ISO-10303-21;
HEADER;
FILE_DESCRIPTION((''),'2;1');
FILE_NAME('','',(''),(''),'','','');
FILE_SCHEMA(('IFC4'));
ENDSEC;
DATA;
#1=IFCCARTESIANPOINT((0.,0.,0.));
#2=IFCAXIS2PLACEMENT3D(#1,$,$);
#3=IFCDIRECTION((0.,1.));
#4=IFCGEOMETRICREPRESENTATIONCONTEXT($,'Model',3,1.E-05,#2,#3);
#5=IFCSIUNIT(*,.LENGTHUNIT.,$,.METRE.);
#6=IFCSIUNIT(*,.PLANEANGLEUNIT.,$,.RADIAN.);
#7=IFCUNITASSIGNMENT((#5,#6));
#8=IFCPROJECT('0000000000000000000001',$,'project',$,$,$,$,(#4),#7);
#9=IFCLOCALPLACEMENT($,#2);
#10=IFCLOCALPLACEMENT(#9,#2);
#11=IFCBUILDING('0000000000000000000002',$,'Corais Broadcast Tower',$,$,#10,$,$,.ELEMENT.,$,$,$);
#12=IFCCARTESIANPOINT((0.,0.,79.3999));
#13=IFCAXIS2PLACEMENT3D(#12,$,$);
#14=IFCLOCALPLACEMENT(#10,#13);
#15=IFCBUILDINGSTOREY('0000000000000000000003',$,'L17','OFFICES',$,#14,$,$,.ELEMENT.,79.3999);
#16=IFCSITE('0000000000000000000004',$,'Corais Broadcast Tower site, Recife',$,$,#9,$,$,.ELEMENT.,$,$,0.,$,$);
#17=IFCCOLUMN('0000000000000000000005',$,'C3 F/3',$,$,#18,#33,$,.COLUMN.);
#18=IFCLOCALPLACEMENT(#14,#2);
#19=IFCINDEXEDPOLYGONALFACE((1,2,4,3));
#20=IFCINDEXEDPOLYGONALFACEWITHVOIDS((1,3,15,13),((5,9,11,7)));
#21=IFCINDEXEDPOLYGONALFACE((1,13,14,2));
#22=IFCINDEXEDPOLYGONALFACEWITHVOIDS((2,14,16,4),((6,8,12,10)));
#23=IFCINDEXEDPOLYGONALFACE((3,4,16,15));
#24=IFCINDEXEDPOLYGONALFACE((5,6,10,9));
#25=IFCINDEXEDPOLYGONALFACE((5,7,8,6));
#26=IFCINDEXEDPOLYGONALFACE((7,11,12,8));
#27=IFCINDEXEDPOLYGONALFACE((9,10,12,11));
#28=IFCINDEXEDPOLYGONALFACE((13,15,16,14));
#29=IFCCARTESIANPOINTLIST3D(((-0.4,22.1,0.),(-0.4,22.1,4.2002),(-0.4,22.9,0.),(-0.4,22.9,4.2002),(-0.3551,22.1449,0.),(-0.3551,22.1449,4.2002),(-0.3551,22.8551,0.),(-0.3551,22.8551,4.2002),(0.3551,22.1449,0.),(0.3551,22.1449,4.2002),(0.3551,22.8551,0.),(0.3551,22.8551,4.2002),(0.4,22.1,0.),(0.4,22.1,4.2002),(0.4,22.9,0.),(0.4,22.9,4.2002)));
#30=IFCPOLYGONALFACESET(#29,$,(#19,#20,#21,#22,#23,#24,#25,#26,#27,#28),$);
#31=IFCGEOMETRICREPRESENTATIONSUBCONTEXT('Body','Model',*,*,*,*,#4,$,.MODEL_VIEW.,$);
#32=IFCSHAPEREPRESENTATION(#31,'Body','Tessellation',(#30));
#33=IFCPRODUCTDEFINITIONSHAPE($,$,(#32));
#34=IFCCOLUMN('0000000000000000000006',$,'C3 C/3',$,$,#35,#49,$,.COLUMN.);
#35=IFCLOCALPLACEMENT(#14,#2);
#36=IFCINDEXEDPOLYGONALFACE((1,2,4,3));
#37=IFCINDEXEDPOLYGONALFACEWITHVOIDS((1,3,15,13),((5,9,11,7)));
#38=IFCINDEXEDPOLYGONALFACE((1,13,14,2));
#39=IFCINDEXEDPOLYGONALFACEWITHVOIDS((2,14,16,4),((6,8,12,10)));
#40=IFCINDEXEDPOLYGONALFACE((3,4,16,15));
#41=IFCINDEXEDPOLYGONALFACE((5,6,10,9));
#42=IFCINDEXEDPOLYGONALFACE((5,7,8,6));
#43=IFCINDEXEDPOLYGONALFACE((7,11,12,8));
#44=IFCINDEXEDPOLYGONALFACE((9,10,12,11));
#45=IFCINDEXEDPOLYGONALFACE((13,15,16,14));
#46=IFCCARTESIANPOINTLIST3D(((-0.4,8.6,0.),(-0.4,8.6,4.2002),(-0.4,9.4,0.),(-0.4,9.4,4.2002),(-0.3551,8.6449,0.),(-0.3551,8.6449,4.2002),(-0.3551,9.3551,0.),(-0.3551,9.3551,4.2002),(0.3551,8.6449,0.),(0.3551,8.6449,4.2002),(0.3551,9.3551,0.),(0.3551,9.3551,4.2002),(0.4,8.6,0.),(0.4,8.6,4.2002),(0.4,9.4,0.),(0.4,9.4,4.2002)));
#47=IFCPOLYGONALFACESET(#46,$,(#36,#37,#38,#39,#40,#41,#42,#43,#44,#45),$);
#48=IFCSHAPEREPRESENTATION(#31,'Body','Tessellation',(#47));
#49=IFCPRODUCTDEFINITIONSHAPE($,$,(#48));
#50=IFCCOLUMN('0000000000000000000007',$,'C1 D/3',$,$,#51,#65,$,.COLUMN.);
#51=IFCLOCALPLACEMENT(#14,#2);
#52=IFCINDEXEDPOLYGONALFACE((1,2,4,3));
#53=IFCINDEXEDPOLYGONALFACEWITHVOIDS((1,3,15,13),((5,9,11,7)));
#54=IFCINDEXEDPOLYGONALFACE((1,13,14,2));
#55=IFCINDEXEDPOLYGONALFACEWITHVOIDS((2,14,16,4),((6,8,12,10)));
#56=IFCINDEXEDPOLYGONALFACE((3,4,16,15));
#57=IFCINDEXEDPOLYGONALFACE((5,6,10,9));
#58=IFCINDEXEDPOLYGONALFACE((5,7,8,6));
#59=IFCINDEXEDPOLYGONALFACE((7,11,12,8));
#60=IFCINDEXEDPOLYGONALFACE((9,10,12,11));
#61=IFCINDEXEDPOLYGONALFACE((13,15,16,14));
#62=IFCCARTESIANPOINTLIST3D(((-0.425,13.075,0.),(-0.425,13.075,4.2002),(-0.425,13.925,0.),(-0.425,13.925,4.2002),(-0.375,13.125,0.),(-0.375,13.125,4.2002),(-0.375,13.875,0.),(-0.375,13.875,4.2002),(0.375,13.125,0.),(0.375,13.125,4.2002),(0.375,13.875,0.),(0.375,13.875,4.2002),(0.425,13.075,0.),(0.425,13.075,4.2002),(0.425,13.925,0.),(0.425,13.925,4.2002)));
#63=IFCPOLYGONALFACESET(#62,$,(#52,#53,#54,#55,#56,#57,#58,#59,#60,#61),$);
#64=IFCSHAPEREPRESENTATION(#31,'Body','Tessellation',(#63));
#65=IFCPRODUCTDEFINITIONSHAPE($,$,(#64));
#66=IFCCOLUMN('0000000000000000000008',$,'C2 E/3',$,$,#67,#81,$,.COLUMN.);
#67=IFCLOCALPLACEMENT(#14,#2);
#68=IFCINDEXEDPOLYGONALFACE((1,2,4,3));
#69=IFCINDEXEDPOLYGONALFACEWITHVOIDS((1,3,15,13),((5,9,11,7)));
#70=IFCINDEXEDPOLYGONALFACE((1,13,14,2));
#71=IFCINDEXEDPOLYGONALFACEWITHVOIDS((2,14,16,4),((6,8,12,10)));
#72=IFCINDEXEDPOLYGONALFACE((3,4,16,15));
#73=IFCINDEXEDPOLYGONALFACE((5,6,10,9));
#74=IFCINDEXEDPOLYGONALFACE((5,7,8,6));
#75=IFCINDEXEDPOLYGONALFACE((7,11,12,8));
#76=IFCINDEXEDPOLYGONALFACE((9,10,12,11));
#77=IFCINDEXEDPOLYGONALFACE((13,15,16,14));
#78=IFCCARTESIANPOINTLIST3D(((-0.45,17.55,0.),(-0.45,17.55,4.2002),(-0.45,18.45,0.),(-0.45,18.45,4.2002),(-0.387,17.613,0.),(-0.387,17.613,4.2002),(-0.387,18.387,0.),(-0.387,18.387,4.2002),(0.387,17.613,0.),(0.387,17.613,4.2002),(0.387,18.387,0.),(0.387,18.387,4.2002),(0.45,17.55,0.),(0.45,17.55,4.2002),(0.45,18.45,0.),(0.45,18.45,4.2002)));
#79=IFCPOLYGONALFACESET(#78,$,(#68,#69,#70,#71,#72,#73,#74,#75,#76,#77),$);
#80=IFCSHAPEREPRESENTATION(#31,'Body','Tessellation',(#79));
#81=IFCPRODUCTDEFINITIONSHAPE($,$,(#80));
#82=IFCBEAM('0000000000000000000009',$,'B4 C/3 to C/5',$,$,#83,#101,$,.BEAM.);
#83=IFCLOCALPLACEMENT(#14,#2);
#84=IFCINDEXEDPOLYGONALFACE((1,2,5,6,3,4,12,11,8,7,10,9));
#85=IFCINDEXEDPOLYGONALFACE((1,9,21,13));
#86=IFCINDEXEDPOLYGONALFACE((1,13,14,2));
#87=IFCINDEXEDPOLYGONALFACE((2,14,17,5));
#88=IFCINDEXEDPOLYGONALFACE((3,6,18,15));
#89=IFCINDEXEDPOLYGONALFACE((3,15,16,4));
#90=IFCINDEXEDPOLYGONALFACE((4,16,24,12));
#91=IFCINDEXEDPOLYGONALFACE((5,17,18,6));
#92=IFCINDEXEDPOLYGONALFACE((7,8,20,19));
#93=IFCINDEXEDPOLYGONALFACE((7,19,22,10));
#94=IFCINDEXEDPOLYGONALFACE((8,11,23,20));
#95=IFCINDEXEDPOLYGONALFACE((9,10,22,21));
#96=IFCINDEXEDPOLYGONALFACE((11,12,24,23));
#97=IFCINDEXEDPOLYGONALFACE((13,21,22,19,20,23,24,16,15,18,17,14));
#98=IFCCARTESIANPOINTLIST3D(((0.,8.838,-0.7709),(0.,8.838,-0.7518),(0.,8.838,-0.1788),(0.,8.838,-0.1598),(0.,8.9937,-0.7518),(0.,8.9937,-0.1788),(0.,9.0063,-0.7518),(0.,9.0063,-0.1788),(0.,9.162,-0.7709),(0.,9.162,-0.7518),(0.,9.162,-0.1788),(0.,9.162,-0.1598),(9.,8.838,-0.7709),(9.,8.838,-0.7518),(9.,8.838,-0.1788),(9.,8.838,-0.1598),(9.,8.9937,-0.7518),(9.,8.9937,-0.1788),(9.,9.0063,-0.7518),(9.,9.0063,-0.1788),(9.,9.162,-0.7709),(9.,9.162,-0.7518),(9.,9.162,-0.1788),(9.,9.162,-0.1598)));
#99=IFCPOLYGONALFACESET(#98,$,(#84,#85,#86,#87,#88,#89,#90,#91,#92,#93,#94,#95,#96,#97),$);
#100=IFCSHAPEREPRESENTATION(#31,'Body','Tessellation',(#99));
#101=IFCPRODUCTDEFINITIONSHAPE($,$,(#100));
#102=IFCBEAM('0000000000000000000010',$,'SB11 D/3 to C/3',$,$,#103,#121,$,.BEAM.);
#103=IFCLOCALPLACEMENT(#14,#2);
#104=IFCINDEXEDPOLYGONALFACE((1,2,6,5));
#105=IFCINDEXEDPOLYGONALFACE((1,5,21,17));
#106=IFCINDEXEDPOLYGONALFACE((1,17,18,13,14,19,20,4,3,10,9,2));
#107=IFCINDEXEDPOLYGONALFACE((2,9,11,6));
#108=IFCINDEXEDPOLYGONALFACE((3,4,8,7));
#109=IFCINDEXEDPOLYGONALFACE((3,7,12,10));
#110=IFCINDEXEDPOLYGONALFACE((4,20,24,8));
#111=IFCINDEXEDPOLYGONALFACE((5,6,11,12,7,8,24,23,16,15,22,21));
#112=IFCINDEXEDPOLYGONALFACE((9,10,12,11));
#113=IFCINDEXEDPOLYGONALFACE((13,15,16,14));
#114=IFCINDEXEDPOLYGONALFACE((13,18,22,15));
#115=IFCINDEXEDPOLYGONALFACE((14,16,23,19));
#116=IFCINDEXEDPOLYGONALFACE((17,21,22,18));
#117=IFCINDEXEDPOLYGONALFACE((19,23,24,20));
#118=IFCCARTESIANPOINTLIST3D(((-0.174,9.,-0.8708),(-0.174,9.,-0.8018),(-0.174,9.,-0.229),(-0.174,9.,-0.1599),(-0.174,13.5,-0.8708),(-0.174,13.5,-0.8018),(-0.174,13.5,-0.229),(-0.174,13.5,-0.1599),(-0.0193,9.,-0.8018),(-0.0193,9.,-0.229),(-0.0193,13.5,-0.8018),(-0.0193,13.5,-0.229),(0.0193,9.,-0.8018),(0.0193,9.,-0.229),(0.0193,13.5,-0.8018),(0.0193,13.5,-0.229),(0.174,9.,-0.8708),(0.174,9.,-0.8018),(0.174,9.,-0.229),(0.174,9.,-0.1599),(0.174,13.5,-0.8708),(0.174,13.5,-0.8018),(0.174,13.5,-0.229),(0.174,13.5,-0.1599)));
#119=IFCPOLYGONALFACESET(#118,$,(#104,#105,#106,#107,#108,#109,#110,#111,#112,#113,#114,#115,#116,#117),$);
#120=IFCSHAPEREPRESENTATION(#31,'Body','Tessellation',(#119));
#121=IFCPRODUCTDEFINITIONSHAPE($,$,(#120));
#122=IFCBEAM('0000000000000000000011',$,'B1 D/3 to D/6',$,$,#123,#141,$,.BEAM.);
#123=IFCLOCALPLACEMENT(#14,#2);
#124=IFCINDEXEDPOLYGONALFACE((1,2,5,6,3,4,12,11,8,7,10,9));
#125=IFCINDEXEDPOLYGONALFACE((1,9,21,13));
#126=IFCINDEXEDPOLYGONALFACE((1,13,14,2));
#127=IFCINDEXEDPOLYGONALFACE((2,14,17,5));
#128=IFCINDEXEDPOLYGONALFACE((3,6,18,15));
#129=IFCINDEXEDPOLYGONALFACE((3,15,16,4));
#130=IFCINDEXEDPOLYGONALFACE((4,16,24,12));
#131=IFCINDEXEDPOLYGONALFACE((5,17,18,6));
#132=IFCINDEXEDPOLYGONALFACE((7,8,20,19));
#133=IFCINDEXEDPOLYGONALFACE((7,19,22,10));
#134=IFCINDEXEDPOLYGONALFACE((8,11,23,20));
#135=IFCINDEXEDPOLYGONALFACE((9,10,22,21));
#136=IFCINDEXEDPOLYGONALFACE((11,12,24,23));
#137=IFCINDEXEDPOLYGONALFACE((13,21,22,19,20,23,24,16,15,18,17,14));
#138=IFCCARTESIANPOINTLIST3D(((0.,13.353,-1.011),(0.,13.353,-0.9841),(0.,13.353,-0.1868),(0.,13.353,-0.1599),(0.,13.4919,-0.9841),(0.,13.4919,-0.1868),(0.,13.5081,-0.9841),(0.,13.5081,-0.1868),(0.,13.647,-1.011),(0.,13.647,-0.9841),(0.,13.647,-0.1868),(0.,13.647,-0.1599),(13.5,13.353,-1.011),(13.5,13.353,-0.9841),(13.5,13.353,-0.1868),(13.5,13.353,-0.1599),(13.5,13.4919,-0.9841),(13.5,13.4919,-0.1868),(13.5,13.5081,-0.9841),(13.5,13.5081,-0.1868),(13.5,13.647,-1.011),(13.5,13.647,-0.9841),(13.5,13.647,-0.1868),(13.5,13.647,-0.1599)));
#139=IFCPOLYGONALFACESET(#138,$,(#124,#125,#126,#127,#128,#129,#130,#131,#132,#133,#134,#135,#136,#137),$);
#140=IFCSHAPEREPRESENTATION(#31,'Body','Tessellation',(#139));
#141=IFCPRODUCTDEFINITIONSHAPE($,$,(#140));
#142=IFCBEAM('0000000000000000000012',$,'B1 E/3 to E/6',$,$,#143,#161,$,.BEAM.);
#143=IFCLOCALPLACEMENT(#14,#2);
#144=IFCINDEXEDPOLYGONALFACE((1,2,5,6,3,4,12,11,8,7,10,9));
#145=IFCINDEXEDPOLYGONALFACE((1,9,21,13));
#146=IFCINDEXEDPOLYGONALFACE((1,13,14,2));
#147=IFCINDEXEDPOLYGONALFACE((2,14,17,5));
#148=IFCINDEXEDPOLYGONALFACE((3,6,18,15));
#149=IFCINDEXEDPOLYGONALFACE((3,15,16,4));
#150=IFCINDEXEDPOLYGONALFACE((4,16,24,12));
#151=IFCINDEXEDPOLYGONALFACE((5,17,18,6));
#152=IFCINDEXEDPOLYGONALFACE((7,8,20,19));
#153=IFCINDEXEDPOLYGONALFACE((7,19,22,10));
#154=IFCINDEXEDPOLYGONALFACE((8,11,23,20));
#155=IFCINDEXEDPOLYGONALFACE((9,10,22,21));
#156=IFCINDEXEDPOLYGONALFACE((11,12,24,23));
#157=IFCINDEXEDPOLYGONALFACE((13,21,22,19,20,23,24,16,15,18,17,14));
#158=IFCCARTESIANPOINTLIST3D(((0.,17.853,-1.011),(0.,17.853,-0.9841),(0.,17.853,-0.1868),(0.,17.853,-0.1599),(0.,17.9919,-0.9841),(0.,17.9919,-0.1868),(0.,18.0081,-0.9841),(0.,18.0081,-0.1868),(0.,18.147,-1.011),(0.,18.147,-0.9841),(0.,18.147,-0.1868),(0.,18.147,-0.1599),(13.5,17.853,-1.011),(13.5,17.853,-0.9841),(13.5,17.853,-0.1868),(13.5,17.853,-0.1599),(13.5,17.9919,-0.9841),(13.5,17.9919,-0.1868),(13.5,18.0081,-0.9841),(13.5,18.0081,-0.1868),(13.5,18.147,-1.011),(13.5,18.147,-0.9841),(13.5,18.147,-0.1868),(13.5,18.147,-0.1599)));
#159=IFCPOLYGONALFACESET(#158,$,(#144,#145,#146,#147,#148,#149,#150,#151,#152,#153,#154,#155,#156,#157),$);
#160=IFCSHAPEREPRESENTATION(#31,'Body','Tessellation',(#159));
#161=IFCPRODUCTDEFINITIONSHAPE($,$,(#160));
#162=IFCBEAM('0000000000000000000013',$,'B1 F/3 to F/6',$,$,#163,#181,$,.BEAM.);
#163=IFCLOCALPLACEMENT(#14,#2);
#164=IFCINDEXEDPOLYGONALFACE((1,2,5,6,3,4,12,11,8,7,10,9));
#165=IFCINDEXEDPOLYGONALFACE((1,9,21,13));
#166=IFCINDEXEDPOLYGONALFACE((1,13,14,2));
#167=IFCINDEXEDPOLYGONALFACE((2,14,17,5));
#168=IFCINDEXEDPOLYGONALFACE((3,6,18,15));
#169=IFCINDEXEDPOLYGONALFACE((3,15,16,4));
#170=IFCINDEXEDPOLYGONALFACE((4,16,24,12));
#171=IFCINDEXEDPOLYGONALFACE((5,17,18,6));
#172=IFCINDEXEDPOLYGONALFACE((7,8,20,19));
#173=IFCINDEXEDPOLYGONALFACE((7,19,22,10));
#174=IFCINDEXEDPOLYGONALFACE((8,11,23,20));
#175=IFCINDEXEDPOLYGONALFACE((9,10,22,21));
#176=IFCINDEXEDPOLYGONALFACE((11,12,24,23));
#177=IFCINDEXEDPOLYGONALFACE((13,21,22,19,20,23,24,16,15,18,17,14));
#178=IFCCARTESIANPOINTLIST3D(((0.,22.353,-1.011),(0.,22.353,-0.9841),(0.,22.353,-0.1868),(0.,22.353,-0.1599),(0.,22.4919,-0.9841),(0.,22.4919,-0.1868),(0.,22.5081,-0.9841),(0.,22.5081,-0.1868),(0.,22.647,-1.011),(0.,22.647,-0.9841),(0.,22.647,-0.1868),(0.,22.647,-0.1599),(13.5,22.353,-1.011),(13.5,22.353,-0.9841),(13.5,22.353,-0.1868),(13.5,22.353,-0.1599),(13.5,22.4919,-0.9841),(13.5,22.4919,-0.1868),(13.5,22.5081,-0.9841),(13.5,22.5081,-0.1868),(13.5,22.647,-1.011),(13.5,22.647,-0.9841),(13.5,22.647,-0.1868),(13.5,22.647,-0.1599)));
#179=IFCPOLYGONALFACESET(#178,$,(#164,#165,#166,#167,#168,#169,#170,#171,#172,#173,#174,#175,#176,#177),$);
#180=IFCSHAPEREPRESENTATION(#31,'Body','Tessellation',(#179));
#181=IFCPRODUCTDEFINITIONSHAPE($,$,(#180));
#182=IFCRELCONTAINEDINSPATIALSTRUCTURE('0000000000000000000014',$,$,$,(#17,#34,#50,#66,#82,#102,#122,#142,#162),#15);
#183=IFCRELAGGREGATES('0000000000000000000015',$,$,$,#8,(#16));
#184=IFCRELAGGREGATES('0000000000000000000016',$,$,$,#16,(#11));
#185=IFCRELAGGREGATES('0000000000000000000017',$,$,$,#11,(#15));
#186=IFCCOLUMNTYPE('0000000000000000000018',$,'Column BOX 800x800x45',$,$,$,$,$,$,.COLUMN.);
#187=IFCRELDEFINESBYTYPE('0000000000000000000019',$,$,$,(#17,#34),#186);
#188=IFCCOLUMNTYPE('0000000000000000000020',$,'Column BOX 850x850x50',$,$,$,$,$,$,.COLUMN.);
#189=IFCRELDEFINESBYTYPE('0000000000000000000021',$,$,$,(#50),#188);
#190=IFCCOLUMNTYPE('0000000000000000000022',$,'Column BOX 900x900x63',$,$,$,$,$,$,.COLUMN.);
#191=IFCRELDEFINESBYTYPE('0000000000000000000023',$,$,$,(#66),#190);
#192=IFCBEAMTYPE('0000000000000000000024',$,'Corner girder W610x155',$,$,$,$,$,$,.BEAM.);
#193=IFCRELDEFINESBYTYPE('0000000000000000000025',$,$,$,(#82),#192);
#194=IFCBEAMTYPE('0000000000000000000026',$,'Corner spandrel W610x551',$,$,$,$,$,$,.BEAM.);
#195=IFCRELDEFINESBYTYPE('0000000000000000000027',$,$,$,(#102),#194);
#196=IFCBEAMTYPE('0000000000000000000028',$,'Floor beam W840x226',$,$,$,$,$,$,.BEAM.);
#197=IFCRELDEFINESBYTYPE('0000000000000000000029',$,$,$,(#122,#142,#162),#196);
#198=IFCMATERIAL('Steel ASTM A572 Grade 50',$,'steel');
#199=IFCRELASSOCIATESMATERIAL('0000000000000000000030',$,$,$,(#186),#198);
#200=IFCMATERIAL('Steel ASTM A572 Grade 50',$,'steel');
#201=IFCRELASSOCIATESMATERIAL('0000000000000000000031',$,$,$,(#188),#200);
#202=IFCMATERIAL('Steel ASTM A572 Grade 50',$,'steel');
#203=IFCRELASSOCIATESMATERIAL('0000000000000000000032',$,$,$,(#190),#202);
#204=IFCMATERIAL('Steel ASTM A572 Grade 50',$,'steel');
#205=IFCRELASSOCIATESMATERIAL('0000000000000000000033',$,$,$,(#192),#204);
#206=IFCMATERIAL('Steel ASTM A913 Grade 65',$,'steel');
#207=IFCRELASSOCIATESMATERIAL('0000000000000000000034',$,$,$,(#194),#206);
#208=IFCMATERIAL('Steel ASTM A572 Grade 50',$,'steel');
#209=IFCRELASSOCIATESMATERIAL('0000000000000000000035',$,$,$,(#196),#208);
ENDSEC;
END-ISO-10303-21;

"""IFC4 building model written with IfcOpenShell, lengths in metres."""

from ifc_helpers import new_model, si_unit, direction, frame, origin, origin_2d, place, context, subcontext, project, spatial, hollow_rectangle, i_section, extrude, material, material_profile, profile_set, type_object, element, save


model = new_model("IFC4")

# Units and contexts
model_context = context("Model", 3, precision=1e-05, world=origin(), true_north=direction((0.0, 1.0)))
body_context = subcontext(model_context, "Body", "Model", "MODEL_VIEW")
ifc_project = project(units=[si_unit("LENGTHUNIT", "METRE"), si_unit("PLANEANGLEUNIT", "RADIAN")], contexts=[model_context])

# Site, building, storey
site_placement = place(None, origin())
site = spatial("IfcSite", under=ifc_project, at=site_placement, Name="Corais Broadcast Tower site, Recife", CompositionType="ELEMENT", RefElevation=0.0)
building_placement = place(site_placement, origin())
building = spatial("IfcBuilding", under=site, at=building_placement, Name="Corais Broadcast Tower", CompositionType="ELEMENT")
storey_placement = place(building_placement, frame((0.0, 0.0, 79.3999)))
storey = spatial("IfcBuildingStorey", under=building, at=storey_placement, Name="L17", Description="OFFICES", CompositionType="ELEMENT", Elevation=79.3999)

# Columns
ifc_material_1 = material(Name="Steel ASTM A572 Grade 50", Category="steel")
ifc_material_profile_1 = material_profile(ifc_material_1, hollow_rectangle(XDim=0.8, YDim=0.8, WallThickness=0.0449, at=origin_2d()), Name="BOX 800x800x45")
ifc_profile_set_1 = profile_set([ifc_material_profile_1], Name="Steel ASTM A572 Grade 50")
column_type_1 = type_object("IfcColumnType", Name="Column BOX 800x800x45", PredefinedType="COLUMN", material=ifc_profile_set_1)
for number, where, z_axis, x_axis, name in (
    (1, (0.0, 22.5, 0.0), (0.0, 0.0, 1.0), (1.0, 0.0, 0.0), "C3 F/3"),
    (2, (0.0, 9.0, 0.0), (0.0, 0.0, 1.0), (1.0, 0.0, 0.0), "C3 C/3"),
):
    element("IfcColumn", number, at=place(storey_placement, frame(where, z_axis=z_axis, x_axis=x_axis)), inside=storey, type_object=column_type_1, Name=name, PredefinedType="COLUMN", context=body_context, shape_type="SweptSolid", body=[
        extrude(hollow_rectangle(XDim=0.8, YDim=0.8, WallThickness=0.0449, at=origin_2d()), origin(), (0.0, 0.0, 1.0), 4.2002),
    ])
ifc_material_2 = material(Name="Steel ASTM A572 Grade 50", Category="steel")
ifc_material_profile_2 = material_profile(ifc_material_2, hollow_rectangle(XDim=0.8501, YDim=0.8501, WallThickness=0.05, at=origin_2d()), Name="BOX 850x850x50")
ifc_profile_set_2 = profile_set([ifc_material_profile_2], Name="Steel ASTM A572 Grade 50")
column_type_2 = type_object("IfcColumnType", Name="Column BOX 850x850x50", PredefinedType="COLUMN", material=ifc_profile_set_2)
column_1_placement = place(storey_placement, frame((0.0, 13.5, 0.0), z_axis=(0.0, 0.0, 1.0), x_axis=(1.0, 0.0, 0.0)))
element("IfcColumn", 3, at=column_1_placement, inside=storey, type_object=column_type_2, Name="C1 D/3", PredefinedType="COLUMN", context=body_context, shape_type="SweptSolid", body=[
    extrude(hollow_rectangle(XDim=0.8501, YDim=0.8501, WallThickness=0.05, at=origin_2d()), origin(), (0.0, 0.0, 1.0), 4.2002),
])
ifc_material_3 = material(Name="Steel ASTM A572 Grade 50", Category="steel")
ifc_material_profile_3 = material_profile(ifc_material_3, hollow_rectangle(XDim=0.8999, YDim=0.8999, WallThickness=0.063, at=origin_2d()), Name="BOX 900x900x63")
ifc_profile_set_3 = profile_set([ifc_material_profile_3], Name="Steel ASTM A572 Grade 50")
column_type_3 = type_object("IfcColumnType", Name="Column BOX 900x900x63", PredefinedType="COLUMN", material=ifc_profile_set_3)
column_2_placement = place(storey_placement, frame((0.0, 18.0, 0.0), z_axis=(0.0, 0.0, 1.0), x_axis=(1.0, 0.0, 0.0)))
element("IfcColumn", 4, at=column_2_placement, inside=storey, type_object=column_type_3, Name="C2 E/3", PredefinedType="COLUMN", context=body_context, shape_type="SweptSolid", body=[
    extrude(hollow_rectangle(XDim=0.8999, YDim=0.8999, WallThickness=0.063, at=origin_2d()), origin(), (0.0, 0.0, 1.0), 4.2002),
])

# Beams
ifc_material_4 = material(Name="Steel ASTM A572 Grade 50", Category="steel")
ifc_material_profile_4 = material_profile(ifc_material_4, i_section(OverallWidth=0.324, OverallDepth=0.6111, WebThickness=0.0127, FlangeThickness=0.019, at=origin_2d()), Name="W610x155")
ifc_profile_set_4 = profile_set([ifc_material_profile_4], Name="Steel ASTM A572 Grade 50")
beam_type_1 = type_object("IfcBeamType", Name="Corner girder W610x155", PredefinedType="BEAM", material=ifc_profile_set_4)
beam_1_placement = place(storey_placement, frame((0.0, 9.0, -0.4653), z_axis=(1.0, 0.0, 0.0), x_axis=(0.0, 1.0, 0.0)))
element("IfcBeam", 5, at=beam_1_placement, inside=storey, type_object=beam_type_1, Name="B4 C/3 to C/5", PredefinedType="BEAM", context=body_context, shape_type="SweptSolid", body=[
    extrude(i_section(OverallWidth=0.324, OverallDepth=0.6111, WebThickness=0.0127, FlangeThickness=0.019, at=origin_2d()), origin(), (0.0, 0.0, 1.0), 9.0),
])
ifc_material_5 = material(Name="Steel ASTM A913 Grade 65", Category="steel")
ifc_material_profile_5 = material_profile(ifc_material_5, i_section(OverallWidth=0.3479, OverallDepth=0.7109, WebThickness=0.0386, FlangeThickness=0.0691, at=origin_2d()), Name="W610x551")
ifc_profile_set_5 = profile_set([ifc_material_profile_5], Name="Steel ASTM A913 Grade 65")
beam_type_2 = type_object("IfcBeamType", Name="Corner spandrel W610x551", PredefinedType="BEAM", material=ifc_profile_set_5)
beam_2_placement = place(storey_placement, frame((0.0, 13.5, -0.5154), z_axis=(0.0, -1.0, 0.0), x_axis=(1.0, 0.0, 0.0)))
element("IfcBeam", 6, at=beam_2_placement, inside=storey, type_object=beam_type_2, Name="SB11 D/3 to C/3", PredefinedType="BEAM", context=body_context, shape_type="SweptSolid", body=[
    extrude(i_section(OverallWidth=0.3479, OverallDepth=0.7109, WebThickness=0.0386, FlangeThickness=0.0691, at=origin_2d()), origin(), (0.0, 0.0, 1.0), 4.5),
])
ifc_material_6 = material(Name="Steel ASTM A572 Grade 50", Category="steel")
ifc_material_profile_6 = material_profile(ifc_material_6, i_section(OverallWidth=0.2939, OverallDepth=0.8511, WebThickness=0.0161, FlangeThickness=0.0269, at=origin_2d()), Name="W840x226")
ifc_profile_set_6 = profile_set([ifc_material_profile_6], Name="Steel ASTM A572 Grade 50")
beam_type_3 = type_object("IfcBeamType", Name="Floor beam W840x226", PredefinedType="BEAM", material=ifc_profile_set_6)
for number, where, z_axis, x_axis, name in (
    (7, (0.0, 13.5, -0.5854), (1.0, 0.0, 0.0), (0.0, 1.0, 0.0), "B1 D/3 to D/6"),
    (8, (0.0, 18.0, -0.5854), (1.0, 0.0, 0.0), (0.0, 1.0, 0.0), "B1 E/3 to E/6"),
    (9, (0.0, 22.5, -0.5854), (1.0, 0.0, 0.0), (0.0, 1.0, 0.0), "B1 F/3 to F/6"),
):
    element("IfcBeam", number, at=place(storey_placement, frame(where, z_axis=z_axis, x_axis=x_axis)), inside=storey, type_object=beam_type_3, Name=name, PredefinedType="BEAM", context=body_context, shape_type="SweptSolid", body=[
        extrude(i_section(OverallWidth=0.2939, OverallDepth=0.8511, WebThickness=0.0161, FlangeThickness=0.0269, at=origin_2d()), origin(), (0.0, 0.0, 1.0), 13.5),
    ])

save(model, "model.ifc")
